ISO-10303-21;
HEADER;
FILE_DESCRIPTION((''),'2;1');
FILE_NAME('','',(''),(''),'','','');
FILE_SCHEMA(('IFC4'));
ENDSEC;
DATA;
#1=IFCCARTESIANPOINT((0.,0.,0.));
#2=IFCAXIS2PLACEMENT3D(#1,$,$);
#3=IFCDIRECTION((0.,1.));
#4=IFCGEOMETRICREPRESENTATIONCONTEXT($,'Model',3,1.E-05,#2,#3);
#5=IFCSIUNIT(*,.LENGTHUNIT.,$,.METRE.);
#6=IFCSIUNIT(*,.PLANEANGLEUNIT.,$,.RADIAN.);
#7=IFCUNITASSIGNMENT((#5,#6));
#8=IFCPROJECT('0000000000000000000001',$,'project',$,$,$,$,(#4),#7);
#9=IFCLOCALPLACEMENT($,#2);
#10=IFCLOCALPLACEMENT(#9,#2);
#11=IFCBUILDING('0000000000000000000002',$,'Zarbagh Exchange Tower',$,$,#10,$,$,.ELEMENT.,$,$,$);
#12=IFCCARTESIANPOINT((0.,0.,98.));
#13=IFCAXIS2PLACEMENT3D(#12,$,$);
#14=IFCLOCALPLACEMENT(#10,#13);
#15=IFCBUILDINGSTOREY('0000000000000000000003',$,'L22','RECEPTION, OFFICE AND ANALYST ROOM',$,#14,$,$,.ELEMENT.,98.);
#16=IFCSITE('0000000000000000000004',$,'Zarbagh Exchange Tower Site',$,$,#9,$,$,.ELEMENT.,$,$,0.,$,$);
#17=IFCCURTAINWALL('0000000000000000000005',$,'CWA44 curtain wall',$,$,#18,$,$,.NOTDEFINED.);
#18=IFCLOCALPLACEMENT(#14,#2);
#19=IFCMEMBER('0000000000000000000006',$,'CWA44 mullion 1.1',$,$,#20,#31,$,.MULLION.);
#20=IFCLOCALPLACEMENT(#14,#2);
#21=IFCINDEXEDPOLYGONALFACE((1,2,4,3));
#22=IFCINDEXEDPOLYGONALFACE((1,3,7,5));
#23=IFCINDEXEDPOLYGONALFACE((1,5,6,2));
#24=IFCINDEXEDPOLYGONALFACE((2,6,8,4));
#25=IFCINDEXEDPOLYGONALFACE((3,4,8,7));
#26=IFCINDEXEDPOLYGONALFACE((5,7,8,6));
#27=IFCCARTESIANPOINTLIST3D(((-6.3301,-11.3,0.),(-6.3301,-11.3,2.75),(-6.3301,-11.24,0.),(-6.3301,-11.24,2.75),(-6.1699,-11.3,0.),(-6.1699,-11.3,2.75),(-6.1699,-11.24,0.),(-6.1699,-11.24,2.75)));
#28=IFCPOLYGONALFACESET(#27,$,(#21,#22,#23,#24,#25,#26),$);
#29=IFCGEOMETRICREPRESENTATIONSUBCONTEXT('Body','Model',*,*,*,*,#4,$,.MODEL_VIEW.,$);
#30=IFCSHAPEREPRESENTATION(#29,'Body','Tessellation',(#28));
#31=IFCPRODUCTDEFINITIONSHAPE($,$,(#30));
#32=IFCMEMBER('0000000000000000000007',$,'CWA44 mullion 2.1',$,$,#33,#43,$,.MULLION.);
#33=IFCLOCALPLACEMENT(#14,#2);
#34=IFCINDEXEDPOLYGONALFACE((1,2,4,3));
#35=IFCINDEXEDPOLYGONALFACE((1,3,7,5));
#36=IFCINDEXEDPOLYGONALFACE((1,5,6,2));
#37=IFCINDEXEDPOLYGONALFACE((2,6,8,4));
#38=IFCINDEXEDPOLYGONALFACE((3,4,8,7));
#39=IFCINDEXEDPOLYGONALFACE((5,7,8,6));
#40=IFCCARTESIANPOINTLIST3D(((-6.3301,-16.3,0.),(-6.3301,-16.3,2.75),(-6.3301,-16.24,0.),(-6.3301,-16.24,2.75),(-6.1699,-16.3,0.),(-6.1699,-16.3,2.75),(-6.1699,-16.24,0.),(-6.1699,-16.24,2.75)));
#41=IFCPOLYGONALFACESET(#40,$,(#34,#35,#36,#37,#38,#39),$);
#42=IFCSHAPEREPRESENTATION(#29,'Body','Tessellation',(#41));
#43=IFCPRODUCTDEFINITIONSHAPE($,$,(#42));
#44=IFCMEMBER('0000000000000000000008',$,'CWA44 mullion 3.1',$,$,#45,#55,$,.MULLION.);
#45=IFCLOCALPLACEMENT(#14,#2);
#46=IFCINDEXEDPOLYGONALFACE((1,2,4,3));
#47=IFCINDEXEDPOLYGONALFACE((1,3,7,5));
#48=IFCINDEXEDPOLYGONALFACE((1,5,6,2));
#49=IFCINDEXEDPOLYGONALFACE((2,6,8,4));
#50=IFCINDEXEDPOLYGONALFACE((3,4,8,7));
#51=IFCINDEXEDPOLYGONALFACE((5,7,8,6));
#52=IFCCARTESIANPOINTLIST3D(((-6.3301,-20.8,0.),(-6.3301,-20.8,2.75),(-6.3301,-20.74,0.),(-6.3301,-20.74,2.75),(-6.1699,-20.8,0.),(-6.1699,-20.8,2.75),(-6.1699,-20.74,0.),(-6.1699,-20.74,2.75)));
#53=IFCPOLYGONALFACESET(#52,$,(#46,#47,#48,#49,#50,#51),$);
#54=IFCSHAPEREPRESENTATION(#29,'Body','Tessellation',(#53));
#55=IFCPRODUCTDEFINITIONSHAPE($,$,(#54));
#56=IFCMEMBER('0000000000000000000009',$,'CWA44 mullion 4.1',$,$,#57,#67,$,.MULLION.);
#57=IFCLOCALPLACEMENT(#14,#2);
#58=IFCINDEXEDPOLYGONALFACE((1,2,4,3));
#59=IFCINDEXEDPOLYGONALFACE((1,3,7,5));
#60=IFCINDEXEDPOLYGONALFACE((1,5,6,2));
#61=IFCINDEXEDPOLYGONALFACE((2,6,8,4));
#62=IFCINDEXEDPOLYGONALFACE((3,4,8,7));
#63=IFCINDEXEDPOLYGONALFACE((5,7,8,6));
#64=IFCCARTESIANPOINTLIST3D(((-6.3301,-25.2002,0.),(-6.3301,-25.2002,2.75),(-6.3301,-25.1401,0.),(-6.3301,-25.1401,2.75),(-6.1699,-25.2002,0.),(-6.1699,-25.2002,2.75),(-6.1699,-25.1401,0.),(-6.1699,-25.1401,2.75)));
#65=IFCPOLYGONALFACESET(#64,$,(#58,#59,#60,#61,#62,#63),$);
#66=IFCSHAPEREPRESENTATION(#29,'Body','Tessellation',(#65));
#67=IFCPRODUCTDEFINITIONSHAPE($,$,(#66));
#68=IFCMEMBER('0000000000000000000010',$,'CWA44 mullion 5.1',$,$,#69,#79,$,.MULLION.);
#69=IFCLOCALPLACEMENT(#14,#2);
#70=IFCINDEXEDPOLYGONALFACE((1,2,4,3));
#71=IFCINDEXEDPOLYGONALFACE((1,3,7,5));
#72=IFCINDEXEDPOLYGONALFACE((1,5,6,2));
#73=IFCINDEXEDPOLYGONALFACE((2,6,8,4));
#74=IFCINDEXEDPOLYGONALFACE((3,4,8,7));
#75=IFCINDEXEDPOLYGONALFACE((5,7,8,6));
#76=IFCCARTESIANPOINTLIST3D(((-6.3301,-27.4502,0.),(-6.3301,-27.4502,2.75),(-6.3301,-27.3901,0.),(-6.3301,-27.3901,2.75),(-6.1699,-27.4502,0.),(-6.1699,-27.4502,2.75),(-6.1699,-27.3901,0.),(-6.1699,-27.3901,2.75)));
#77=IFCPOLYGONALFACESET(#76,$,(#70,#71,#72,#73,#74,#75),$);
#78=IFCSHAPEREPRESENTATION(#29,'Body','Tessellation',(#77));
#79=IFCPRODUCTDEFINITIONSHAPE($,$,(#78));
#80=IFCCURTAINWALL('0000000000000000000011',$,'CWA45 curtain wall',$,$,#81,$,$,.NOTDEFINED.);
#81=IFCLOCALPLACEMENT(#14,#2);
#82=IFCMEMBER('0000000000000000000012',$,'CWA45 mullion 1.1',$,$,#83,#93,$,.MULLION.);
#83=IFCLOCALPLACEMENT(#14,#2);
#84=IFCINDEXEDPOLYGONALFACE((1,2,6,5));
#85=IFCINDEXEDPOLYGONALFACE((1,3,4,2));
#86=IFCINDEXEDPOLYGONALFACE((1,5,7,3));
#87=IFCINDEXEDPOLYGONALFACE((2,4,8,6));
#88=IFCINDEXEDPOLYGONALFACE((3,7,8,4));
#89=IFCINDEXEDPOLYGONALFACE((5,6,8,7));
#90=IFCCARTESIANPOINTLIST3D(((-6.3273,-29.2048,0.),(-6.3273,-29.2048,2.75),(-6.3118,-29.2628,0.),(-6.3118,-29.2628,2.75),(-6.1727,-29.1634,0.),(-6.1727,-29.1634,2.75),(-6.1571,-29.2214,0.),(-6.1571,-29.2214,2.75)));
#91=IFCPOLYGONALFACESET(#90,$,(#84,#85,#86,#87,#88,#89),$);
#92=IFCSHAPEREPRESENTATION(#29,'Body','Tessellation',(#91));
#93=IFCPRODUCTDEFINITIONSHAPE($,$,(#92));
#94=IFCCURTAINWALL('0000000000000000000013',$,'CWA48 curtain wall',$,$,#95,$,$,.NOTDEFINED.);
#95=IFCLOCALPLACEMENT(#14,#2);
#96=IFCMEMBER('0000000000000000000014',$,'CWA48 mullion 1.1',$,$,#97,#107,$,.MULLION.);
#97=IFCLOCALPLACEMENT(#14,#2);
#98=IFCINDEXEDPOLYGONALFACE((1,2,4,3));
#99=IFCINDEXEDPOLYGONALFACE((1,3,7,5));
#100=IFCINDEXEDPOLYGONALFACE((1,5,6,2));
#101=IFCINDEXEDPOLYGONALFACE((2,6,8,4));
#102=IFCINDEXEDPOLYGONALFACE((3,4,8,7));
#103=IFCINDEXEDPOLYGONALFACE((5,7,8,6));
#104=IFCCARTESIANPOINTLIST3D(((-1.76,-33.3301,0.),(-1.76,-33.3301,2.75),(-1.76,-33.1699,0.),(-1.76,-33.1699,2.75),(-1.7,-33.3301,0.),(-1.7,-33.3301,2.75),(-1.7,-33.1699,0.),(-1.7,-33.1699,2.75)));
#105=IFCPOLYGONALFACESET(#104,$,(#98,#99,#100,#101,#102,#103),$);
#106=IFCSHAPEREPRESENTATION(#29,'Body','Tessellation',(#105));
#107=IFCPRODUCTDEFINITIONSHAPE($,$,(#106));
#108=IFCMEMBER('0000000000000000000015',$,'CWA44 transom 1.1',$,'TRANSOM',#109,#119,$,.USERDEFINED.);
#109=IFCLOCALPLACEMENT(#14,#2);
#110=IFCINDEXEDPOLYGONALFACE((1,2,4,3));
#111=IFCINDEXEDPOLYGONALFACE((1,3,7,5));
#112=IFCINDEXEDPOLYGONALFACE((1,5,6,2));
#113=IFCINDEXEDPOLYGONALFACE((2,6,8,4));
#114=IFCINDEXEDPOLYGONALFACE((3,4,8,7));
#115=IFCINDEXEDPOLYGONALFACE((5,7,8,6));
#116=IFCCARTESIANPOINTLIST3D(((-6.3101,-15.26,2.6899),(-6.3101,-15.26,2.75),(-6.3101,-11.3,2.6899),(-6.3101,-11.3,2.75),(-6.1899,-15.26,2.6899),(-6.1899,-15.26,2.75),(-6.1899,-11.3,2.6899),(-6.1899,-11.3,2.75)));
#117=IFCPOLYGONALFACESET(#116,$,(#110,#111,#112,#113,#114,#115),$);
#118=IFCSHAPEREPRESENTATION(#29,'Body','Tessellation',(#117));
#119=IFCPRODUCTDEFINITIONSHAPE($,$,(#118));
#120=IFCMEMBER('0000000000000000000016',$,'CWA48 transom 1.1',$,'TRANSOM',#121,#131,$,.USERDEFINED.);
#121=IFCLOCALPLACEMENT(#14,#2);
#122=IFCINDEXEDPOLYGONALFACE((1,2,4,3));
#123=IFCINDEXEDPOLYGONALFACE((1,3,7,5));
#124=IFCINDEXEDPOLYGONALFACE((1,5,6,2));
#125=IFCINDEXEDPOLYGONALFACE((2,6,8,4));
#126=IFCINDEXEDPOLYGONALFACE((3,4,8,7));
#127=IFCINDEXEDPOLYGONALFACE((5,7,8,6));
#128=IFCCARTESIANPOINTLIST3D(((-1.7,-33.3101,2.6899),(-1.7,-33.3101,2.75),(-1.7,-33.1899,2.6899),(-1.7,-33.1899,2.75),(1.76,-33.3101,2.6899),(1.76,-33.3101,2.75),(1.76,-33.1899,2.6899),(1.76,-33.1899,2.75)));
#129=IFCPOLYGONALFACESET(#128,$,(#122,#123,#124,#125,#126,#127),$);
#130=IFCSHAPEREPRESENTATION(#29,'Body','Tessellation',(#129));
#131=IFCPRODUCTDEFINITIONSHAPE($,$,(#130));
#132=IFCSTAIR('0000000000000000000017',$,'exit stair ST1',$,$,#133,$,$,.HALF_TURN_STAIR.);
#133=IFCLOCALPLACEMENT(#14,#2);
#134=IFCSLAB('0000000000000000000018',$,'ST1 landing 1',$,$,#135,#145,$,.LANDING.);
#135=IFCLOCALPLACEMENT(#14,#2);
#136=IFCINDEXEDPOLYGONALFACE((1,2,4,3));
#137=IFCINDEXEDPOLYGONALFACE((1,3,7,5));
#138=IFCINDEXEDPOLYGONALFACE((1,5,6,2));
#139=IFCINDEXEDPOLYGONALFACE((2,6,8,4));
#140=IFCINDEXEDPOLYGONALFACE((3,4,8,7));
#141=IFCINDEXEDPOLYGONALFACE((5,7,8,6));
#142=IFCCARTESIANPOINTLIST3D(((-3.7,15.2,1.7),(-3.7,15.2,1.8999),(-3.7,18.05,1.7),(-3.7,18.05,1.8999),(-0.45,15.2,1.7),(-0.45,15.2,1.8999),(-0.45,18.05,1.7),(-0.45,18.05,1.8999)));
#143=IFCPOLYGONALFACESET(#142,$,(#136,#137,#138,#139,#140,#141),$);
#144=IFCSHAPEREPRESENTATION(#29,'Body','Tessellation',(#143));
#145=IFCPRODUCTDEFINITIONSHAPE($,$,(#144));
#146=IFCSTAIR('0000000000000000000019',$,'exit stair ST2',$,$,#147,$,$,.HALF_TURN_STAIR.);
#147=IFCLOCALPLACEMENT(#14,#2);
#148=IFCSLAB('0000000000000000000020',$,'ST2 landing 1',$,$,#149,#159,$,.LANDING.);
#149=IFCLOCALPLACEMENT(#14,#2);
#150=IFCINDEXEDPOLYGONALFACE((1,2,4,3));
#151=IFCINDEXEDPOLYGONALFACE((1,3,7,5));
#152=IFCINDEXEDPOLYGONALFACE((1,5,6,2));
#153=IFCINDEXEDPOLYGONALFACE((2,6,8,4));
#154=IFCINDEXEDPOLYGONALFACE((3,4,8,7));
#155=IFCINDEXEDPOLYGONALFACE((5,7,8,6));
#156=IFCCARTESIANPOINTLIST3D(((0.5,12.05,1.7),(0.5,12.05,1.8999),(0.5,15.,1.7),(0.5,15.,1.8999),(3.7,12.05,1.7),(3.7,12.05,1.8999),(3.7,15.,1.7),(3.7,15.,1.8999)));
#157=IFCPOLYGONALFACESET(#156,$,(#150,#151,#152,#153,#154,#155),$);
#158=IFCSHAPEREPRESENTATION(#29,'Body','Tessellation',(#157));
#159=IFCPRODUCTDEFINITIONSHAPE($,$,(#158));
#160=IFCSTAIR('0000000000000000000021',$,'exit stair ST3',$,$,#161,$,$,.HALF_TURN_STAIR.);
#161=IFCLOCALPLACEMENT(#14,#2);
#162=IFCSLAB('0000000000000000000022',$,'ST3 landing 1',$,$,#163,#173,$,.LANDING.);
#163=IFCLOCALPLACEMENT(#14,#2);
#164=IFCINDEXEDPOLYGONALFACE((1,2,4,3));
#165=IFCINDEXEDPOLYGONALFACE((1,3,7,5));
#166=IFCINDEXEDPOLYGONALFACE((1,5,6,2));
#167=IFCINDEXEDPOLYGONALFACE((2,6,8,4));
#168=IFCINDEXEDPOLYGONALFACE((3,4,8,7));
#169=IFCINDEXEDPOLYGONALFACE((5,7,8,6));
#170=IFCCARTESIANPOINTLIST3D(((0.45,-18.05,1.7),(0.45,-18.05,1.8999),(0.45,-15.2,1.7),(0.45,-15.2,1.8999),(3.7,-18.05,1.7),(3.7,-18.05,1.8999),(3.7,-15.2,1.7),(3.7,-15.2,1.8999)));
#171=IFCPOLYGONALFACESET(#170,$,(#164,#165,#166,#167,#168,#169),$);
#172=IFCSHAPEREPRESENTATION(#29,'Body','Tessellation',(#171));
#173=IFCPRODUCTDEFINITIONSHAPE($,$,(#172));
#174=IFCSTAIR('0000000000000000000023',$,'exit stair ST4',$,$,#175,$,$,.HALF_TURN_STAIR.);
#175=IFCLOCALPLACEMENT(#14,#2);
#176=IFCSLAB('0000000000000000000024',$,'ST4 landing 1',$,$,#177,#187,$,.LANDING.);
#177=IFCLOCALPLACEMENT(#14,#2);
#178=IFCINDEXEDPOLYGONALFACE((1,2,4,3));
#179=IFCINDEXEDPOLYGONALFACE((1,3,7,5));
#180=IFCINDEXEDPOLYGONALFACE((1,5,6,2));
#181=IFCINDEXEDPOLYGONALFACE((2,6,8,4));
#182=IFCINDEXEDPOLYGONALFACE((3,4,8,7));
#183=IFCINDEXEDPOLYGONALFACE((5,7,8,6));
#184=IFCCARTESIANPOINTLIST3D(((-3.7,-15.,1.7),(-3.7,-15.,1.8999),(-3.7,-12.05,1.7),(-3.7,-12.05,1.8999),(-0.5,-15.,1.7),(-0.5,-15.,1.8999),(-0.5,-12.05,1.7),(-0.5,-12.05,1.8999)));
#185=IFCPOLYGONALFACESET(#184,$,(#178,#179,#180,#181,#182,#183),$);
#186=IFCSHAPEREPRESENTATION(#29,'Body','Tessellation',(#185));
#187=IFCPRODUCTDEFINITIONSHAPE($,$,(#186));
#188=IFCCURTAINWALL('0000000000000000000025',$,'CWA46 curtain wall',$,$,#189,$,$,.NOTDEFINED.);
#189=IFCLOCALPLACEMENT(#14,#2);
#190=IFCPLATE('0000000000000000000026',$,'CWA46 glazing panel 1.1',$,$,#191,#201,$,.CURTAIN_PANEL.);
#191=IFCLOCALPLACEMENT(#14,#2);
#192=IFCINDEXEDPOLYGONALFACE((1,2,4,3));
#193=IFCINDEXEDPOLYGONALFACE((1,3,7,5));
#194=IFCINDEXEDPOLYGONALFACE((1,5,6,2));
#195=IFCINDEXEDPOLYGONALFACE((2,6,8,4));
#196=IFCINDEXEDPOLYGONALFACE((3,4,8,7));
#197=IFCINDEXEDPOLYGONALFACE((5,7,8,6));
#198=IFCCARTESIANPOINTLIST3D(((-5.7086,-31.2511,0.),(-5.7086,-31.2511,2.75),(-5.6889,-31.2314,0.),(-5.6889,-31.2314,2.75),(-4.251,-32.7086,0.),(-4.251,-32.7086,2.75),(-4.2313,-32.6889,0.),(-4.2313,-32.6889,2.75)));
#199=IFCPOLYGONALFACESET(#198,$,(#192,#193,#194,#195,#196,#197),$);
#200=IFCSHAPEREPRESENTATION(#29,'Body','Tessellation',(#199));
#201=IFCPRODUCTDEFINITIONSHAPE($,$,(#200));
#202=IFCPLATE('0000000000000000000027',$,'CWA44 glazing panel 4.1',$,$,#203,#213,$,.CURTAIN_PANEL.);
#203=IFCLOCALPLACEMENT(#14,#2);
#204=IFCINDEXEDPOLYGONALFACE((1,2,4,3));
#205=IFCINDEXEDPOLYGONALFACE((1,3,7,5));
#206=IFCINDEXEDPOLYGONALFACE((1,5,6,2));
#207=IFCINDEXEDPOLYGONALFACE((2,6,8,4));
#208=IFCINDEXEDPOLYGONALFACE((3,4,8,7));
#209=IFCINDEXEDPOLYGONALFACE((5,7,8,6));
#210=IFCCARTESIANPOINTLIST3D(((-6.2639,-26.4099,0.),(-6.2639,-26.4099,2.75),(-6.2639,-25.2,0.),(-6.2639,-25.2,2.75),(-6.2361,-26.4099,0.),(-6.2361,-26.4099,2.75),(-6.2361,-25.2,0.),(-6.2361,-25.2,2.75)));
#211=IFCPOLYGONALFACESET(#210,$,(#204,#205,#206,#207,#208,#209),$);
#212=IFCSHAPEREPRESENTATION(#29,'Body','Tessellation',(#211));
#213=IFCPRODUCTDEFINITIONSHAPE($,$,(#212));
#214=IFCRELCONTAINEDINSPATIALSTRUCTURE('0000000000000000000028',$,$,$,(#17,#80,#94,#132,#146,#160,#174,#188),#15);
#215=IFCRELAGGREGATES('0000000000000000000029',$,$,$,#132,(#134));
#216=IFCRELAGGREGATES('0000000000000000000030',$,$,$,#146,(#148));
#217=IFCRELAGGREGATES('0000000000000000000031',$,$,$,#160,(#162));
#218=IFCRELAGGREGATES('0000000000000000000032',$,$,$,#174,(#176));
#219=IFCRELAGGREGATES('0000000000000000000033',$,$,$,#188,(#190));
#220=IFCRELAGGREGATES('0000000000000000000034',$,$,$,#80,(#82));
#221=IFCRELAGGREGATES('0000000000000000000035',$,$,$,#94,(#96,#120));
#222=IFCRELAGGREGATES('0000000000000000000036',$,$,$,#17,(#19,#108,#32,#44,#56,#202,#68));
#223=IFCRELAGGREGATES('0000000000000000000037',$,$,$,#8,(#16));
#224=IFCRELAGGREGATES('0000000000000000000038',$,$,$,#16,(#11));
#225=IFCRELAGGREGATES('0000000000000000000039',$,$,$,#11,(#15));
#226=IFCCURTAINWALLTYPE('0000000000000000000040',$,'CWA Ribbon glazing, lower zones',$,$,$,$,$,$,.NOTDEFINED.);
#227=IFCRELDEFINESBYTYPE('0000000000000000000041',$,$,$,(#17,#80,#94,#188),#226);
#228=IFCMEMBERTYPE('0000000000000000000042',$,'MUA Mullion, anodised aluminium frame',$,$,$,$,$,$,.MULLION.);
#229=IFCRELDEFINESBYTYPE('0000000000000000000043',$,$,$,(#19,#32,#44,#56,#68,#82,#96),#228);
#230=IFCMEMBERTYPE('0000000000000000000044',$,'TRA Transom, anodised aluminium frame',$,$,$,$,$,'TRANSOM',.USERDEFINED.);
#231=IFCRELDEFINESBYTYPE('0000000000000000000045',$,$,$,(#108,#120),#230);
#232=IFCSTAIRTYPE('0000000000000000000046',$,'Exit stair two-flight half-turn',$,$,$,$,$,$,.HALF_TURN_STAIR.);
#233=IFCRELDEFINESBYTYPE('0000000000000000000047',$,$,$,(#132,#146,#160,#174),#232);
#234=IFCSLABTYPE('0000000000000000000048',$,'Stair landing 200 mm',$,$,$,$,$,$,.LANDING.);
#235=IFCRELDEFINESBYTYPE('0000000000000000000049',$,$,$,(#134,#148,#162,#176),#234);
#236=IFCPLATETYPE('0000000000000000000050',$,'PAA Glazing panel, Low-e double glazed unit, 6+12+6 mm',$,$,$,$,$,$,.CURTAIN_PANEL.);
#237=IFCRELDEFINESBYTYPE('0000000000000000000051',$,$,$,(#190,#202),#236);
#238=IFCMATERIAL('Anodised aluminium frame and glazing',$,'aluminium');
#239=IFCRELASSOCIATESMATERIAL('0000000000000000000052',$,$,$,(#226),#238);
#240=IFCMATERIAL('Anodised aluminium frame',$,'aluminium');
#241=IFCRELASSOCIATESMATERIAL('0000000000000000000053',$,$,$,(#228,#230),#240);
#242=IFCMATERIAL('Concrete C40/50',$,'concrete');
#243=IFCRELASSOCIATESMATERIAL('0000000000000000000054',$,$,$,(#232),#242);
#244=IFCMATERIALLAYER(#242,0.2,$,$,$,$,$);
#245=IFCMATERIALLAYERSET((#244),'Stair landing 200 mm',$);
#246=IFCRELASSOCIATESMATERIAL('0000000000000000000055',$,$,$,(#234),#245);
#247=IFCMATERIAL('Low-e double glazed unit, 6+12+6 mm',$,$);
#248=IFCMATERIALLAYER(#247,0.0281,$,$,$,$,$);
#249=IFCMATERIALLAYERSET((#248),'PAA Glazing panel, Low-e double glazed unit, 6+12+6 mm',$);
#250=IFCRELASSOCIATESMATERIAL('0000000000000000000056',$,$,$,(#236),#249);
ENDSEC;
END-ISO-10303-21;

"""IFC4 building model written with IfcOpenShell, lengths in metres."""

from ifc_helpers import new_model, si_unit, direction, frame, origin, place, context, subcontext, project, spatial, polyline, outline, extrude, source, transform, mapped, material, layer, layer_set, type_object, element, aggregate, save


model = new_model("IFC4")

# Units and contexts
model_context = context("Model", 3, precision=1e-05, world=origin(), true_north=direction((0.0, 1.0)))
body_context = subcontext(model_context, "Body", "Model", "MODEL_VIEW")
ifc_project = project(units=[si_unit("LENGTHUNIT", "METRE"), si_unit("PLANEANGLEUNIT", "RADIAN")], contexts=[model_context])

# Site, building, storey
site_placement = place(None, origin())
site = spatial("IfcSite", under=ifc_project, at=site_placement, Name="Zarbagh Exchange Tower Site", CompositionType="ELEMENT", RefElevation=0.0)
building_placement = place(site_placement, origin())
building = spatial("IfcBuilding", under=site, at=building_placement, Name="Zarbagh Exchange Tower", CompositionType="ELEMENT")
storey_placement = place(building_placement, frame((0.0, 0.0, 98.0)))
storey = spatial("IfcBuildingStorey", under=building, at=storey_placement, Name="L22", Description="RECEPTION, OFFICE AND ANALYST ROOM", CompositionType="ELEMENT", Elevation=98.0)

# Curtain wall, members
ifc_material_1 = material(Name="Anodised aluminium frame and glazing", Category="aluminium")
curtain_wall_type = type_object("IfcCurtainWallType", Name="CWA Ribbon glazing, lower zones", PredefinedType="NOTDEFINED", material=ifc_material_1)
curtain_wall_1_placement = place(storey_placement, origin())
curtain_wall_1 = element("IfcCurtainWall", 1, at=curtain_wall_1_placement, inside=storey, type_object=curtain_wall_type, Name="CWA44 curtain wall", PredefinedType="NOTDEFINED")
ifc_material_2 = material(Name="Anodised aluminium frame", Category="aluminium")
member_type_1 = type_object("IfcMemberType", Name="MUA Mullion, anodised aluminium frame", PredefinedType="MULLION", material=ifc_material_2)
shared_shape_1 = source(origin(), body_context, "Body", "SweptSolid", [
    extrude(outline(polyline([(0.0, -0.0801), (0.0601, -0.0801), (0.0601, 0.0801), (0.0, 0.0801), (0.0, -0.0801)])), origin(), (0.0, 0.0, 1.0), 2.75),
])
placement = place(storey_placement, origin())
member_1 = element("IfcMember", 2, at=placement, type_object=member_type_1, Name="CWA44 mullion 1.1", PredefinedType="MULLION", context=body_context, shape_type="MappedRepresentation", body=[
    mapped(shared_shape_1, transform((-6.25, -11.24, 0.0), x_axis=(0.0, -1.0, 0.0), y_axis=(1.0, 0.0, 0.0), z_axis=(0.0, 0.0, 1.0))),
])
member_2 = element("IfcMember", 3, at=placement, type_object=member_type_1, Name="CWA44 mullion 2.1", PredefinedType="MULLION", context=body_context, shape_type="MappedRepresentation", body=[
    mapped(shared_shape_1, transform((-6.25, -16.24, 0.0), x_axis=(0.0, -1.0, 0.0), y_axis=(1.0, 0.0, 0.0), z_axis=(0.0, 0.0, 1.0))),
])
member_3 = element("IfcMember", 4, at=placement, type_object=member_type_1, Name="CWA44 mullion 3.1", PredefinedType="MULLION", context=body_context, shape_type="MappedRepresentation", body=[
    mapped(shared_shape_1, transform((-6.25, -20.74, 0.0), x_axis=(0.0, -1.0, 0.0), y_axis=(1.0, 0.0, 0.0), z_axis=(0.0, 0.0, 1.0))),
])
member_4 = element("IfcMember", 5, at=placement, type_object=member_type_1, Name="CWA44 mullion 4.1", PredefinedType="MULLION", context=body_context, shape_type="MappedRepresentation", body=[
    mapped(shared_shape_1, transform((-6.25, -25.1401, 0.0), x_axis=(0.0, -1.0, 0.0), y_axis=(1.0, 0.0, 0.0), z_axis=(0.0, 0.0, 1.0))),
])
member_5 = element("IfcMember", 6, at=placement, type_object=member_type_1, Name="CWA44 mullion 5.1", PredefinedType="MULLION", context=body_context, shape_type="MappedRepresentation", body=[
    mapped(shared_shape_1, transform((-6.25, -27.3901, 0.0), x_axis=(0.0, -1.0, 0.0), y_axis=(1.0, 0.0, 0.0), z_axis=(0.0, 0.0, 1.0))),
])

# Curtain walls, members
curtain_wall_2_placement = place(storey_placement, origin())
curtain_wall_2 = element("IfcCurtainWall", 7, at=curtain_wall_2_placement, inside=storey, type_object=curtain_wall_type, Name="CWA45 curtain wall", PredefinedType="NOTDEFINED")
member_6 = element("IfcMember", 8, at=placement, type_object=member_type_1, Name="CWA45 mullion 1.1", PredefinedType="MULLION", context=body_context, shape_type="MappedRepresentation", body=[
    mapped(shared_shape_1, transform((-6.25, -29.1841, 0.0), x_axis=(0.258825, -0.965924, 0.0), y_axis=(0.965924, 0.258825, 0.0), z_axis=(0.0, 0.0, 1.0))),
])
curtain_wall_3_placement = place(storey_placement, origin())
curtain_wall_3 = element("IfcCurtainWall", 9, at=curtain_wall_3_placement, inside=storey, type_object=curtain_wall_type, Name="CWA48 curtain wall", PredefinedType="NOTDEFINED")
member_7 = element("IfcMember", 10, at=placement, type_object=member_type_1, Name="CWA48 mullion 1.1", PredefinedType="MULLION", context=body_context, shape_type="MappedRepresentation", body=[
    mapped(shared_shape_1, transform((-1.76, -33.25, 0.0), x_axis=(1.0, 0.0, 0.0), y_axis=(0.0, 1.0, 0.0), z_axis=(0.0, 0.0, 1.0))),
])

# Members
member_type_2 = type_object("IfcMemberType", Name="TRA Transom, anodised aluminium frame", ElementType="TRANSOM", PredefinedType="USERDEFINED", material=ifc_material_2)
shared_shape_2 = source(origin(), body_context, "Body", "SweptSolid", [
    extrude(outline(polyline([(-0.0601, -0.0601), (0.0, -0.0601), (0.0, 0.0601), (-0.0601, 0.0601), (-0.0601, -0.0601)])), origin(), (0.0, 0.0, 1.0), 3.96),
])
member_8 = element("IfcMember", 11, at=placement, type_object=member_type_2, Name="CWA44 transom 1.1", ObjectType="TRANSOM", PredefinedType="USERDEFINED", context=body_context, shape_type="MappedRepresentation", body=[
    mapped(shared_shape_2, transform((-6.25, -11.3, 2.75), x_axis=(0.0, 0.0, 1.0), y_axis=(-1.0, 0.0, 0.0), z_axis=(0.0, -1.0, 0.0))),
])
shared_shape_3 = source(origin(), body_context, "Body", "SweptSolid", [
    extrude(outline(polyline([(-0.0601, -0.0601), (0.0, -0.0601), (0.0, 0.0601), (-0.0601, 0.0601), (-0.0601, -0.0601)])), origin(), (0.0, 0.0, 1.0), 3.46),
])
member_9 = element("IfcMember", 12, at=placement, type_object=member_type_2, Name="CWA48 transom 1.1", ObjectType="TRANSOM", PredefinedType="USERDEFINED", context=body_context, shape_type="MappedRepresentation", body=[
    mapped(shared_shape_3, transform((-1.7, -33.25, 2.75), x_axis=(0.0, 0.0, 1.0), y_axis=(0.0, -1.0, 0.0), z_axis=(1.0, 0.0, 0.0))),
])

# Stairs, slabs
ifc_material_3 = material(Name="Concrete C40/50", Category="concrete")
stair_type = type_object("IfcStairType", Name="Exit stair two-flight half-turn", PredefinedType="HALF_TURN_STAIR", material=ifc_material_3)
stair_1_placement = place(storey_placement, origin())
stair_1 = element("IfcStair", 13, at=stair_1_placement, inside=storey, type_object=stair_type, Name="exit stair ST1", PredefinedType="HALF_TURN_STAIR")
ifc_layer_1 = layer(ifc_material_3, 0.2)
ifc_layer_set_1 = layer_set([ifc_layer_1], Name="Stair landing 200 mm")
slab_type = type_object("IfcSlabType", Name="Stair landing 200 mm", PredefinedType="LANDING", material=ifc_layer_set_1)
slab_1_placement = place(storey_placement, frame((0.0, 0.0, 1.7)))
slab_1 = element("IfcSlab", 14, at=slab_1_placement, type_object=slab_type, Name="ST1 landing 1", PredefinedType="LANDING", context=body_context, shape_type="SweptSolid", body=[
    extrude(outline(polyline([(-0.45, 18.05), (-3.7, 18.05), (-3.7, 15.2), (-0.45, 15.2), (-0.45, 18.05)])), origin(), (0.0, 0.0, 1.0), 0.2),
])
aggregate(stair_1, [slab_1])
stair_2_placement = place(storey_placement, origin())
stair_2 = element("IfcStair", 15, at=stair_2_placement, inside=storey, type_object=stair_type, Name="exit stair ST2", PredefinedType="HALF_TURN_STAIR")
slab_2_placement = place(storey_placement, frame((0.0, 0.0, 1.7)))
slab_2 = element("IfcSlab", 16, at=slab_2_placement, type_object=slab_type, Name="ST2 landing 1", PredefinedType="LANDING", context=body_context, shape_type="SweptSolid", body=[
    extrude(outline(polyline([(0.5, 12.05), (3.7, 12.05), (3.7, 15.0), (0.5, 15.0), (0.5, 12.05)])), origin(), (0.0, 0.0, 1.0), 0.2),
])
aggregate(stair_2, [slab_2])
stair_3_placement = place(storey_placement, origin())
stair_3 = element("IfcStair", 17, at=stair_3_placement, inside=storey, type_object=stair_type, Name="exit stair ST3", PredefinedType="HALF_TURN_STAIR")
slab_3_placement = place(storey_placement, frame((0.0, 0.0, 1.7)))
slab_3 = element("IfcSlab", 18, at=slab_3_placement, type_object=slab_type, Name="ST3 landing 1", PredefinedType="LANDING", context=body_context, shape_type="SweptSolid", body=[
    extrude(outline(polyline([(0.45, -18.05), (3.7, -18.05), (3.7, -15.2), (0.45, -15.2), (0.45, -18.05)])), origin(), (0.0, 0.0, 1.0), 0.2),
])
aggregate(stair_3, [slab_3])
stair_4_placement = place(storey_placement, origin())
stair_4 = element("IfcStair", 19, at=stair_4_placement, inside=storey, type_object=stair_type, Name="exit stair ST4", PredefinedType="HALF_TURN_STAIR")
slab_4_placement = place(storey_placement, frame((0.0, 0.0, 1.7)))
slab_4 = element("IfcSlab", 20, at=slab_4_placement, type_object=slab_type, Name="ST4 landing 1", PredefinedType="LANDING", context=body_context, shape_type="SweptSolid", body=[
    extrude(outline(polyline([(-0.5, -12.05), (-3.7, -12.05), (-3.7, -15.0), (-0.5, -15.0), (-0.5, -12.05)])), origin(), (0.0, 0.0, 1.0), 0.2),
])
aggregate(stair_4, [slab_4])

# Curtain wall, plate
curtain_wall_4_placement = place(storey_placement, origin())
curtain_wall_4 = element("IfcCurtainWall", 21, at=curtain_wall_4_placement, inside=storey, type_object=curtain_wall_type, Name="CWA46 curtain wall", PredefinedType="NOTDEFINED")
ifc_material_4 = material(Name="Low-e double glazed unit, 6+12+6 mm")
ifc_layer_2 = layer(ifc_material_4, 0.0281)
ifc_layer_set_2 = layer_set([ifc_layer_2], Name="PAA Glazing panel, Low-e double glazed unit, 6+12+6 mm")
plate_type = type_object("IfcPlateType", Name="PAA Glazing panel, Low-e double glazed unit, 6+12+6 mm", PredefinedType="CURTAIN_PANEL", material=ifc_layer_set_2)
shared_shape_4 = source(origin(), body_context, "Body", "SweptSolid", [
    extrude(outline(polyline([(0.0, -0.0139), (2.0613, -0.0139), (2.0613, 0.0139), (0.0, 0.0139), (0.0, -0.0139)])), origin(), (0.0, 0.0, 1.0), 2.75),
])
plate_1 = element("IfcPlate", 22, at=placement, type_object=plate_type, Name="CWA46 glazing panel 1.1", PredefinedType="CURTAIN_PANEL", context=body_context, shape_type="MappedRepresentation", body=[
    mapped(shared_shape_4, transform((-5.6987, -31.2412, 0.0), x_axis=(0.707107, -0.707107, 0.0), y_axis=(0.707107, 0.707107, 0.0), z_axis=(0.0, 0.0, 1.0))),
])
aggregate(curtain_wall_4, [plate_1])

# Plate
shared_shape_5 = source(origin(), body_context, "Body", "SweptSolid", [
    extrude(outline(polyline([(0.0, -0.0139), (1.21, -0.0139), (1.21, 0.0139), (0.0, 0.0139), (0.0, -0.0139)])), origin(), (0.0, 0.0, 1.0), 2.75),
])
plate_2 = element("IfcPlate", 23, at=placement, type_object=plate_type, Name="CWA44 glazing panel 4.1", PredefinedType="CURTAIN_PANEL", context=body_context, shape_type="MappedRepresentation", body=[
    mapped(shared_shape_5, transform((-6.25, -25.2, 0.0), x_axis=(0.0, -1.0, 0.0), y_axis=(1.0, 0.0, 0.0), z_axis=(0.0, 0.0, 1.0))),
])
aggregate(curtain_wall_2, [member_6])

aggregate(curtain_wall_3, [member_7, member_9])
aggregate(curtain_wall_1, [member_1, member_8, member_2, member_3, member_4, plate_2, member_5])

save(model, "model.ifc")
